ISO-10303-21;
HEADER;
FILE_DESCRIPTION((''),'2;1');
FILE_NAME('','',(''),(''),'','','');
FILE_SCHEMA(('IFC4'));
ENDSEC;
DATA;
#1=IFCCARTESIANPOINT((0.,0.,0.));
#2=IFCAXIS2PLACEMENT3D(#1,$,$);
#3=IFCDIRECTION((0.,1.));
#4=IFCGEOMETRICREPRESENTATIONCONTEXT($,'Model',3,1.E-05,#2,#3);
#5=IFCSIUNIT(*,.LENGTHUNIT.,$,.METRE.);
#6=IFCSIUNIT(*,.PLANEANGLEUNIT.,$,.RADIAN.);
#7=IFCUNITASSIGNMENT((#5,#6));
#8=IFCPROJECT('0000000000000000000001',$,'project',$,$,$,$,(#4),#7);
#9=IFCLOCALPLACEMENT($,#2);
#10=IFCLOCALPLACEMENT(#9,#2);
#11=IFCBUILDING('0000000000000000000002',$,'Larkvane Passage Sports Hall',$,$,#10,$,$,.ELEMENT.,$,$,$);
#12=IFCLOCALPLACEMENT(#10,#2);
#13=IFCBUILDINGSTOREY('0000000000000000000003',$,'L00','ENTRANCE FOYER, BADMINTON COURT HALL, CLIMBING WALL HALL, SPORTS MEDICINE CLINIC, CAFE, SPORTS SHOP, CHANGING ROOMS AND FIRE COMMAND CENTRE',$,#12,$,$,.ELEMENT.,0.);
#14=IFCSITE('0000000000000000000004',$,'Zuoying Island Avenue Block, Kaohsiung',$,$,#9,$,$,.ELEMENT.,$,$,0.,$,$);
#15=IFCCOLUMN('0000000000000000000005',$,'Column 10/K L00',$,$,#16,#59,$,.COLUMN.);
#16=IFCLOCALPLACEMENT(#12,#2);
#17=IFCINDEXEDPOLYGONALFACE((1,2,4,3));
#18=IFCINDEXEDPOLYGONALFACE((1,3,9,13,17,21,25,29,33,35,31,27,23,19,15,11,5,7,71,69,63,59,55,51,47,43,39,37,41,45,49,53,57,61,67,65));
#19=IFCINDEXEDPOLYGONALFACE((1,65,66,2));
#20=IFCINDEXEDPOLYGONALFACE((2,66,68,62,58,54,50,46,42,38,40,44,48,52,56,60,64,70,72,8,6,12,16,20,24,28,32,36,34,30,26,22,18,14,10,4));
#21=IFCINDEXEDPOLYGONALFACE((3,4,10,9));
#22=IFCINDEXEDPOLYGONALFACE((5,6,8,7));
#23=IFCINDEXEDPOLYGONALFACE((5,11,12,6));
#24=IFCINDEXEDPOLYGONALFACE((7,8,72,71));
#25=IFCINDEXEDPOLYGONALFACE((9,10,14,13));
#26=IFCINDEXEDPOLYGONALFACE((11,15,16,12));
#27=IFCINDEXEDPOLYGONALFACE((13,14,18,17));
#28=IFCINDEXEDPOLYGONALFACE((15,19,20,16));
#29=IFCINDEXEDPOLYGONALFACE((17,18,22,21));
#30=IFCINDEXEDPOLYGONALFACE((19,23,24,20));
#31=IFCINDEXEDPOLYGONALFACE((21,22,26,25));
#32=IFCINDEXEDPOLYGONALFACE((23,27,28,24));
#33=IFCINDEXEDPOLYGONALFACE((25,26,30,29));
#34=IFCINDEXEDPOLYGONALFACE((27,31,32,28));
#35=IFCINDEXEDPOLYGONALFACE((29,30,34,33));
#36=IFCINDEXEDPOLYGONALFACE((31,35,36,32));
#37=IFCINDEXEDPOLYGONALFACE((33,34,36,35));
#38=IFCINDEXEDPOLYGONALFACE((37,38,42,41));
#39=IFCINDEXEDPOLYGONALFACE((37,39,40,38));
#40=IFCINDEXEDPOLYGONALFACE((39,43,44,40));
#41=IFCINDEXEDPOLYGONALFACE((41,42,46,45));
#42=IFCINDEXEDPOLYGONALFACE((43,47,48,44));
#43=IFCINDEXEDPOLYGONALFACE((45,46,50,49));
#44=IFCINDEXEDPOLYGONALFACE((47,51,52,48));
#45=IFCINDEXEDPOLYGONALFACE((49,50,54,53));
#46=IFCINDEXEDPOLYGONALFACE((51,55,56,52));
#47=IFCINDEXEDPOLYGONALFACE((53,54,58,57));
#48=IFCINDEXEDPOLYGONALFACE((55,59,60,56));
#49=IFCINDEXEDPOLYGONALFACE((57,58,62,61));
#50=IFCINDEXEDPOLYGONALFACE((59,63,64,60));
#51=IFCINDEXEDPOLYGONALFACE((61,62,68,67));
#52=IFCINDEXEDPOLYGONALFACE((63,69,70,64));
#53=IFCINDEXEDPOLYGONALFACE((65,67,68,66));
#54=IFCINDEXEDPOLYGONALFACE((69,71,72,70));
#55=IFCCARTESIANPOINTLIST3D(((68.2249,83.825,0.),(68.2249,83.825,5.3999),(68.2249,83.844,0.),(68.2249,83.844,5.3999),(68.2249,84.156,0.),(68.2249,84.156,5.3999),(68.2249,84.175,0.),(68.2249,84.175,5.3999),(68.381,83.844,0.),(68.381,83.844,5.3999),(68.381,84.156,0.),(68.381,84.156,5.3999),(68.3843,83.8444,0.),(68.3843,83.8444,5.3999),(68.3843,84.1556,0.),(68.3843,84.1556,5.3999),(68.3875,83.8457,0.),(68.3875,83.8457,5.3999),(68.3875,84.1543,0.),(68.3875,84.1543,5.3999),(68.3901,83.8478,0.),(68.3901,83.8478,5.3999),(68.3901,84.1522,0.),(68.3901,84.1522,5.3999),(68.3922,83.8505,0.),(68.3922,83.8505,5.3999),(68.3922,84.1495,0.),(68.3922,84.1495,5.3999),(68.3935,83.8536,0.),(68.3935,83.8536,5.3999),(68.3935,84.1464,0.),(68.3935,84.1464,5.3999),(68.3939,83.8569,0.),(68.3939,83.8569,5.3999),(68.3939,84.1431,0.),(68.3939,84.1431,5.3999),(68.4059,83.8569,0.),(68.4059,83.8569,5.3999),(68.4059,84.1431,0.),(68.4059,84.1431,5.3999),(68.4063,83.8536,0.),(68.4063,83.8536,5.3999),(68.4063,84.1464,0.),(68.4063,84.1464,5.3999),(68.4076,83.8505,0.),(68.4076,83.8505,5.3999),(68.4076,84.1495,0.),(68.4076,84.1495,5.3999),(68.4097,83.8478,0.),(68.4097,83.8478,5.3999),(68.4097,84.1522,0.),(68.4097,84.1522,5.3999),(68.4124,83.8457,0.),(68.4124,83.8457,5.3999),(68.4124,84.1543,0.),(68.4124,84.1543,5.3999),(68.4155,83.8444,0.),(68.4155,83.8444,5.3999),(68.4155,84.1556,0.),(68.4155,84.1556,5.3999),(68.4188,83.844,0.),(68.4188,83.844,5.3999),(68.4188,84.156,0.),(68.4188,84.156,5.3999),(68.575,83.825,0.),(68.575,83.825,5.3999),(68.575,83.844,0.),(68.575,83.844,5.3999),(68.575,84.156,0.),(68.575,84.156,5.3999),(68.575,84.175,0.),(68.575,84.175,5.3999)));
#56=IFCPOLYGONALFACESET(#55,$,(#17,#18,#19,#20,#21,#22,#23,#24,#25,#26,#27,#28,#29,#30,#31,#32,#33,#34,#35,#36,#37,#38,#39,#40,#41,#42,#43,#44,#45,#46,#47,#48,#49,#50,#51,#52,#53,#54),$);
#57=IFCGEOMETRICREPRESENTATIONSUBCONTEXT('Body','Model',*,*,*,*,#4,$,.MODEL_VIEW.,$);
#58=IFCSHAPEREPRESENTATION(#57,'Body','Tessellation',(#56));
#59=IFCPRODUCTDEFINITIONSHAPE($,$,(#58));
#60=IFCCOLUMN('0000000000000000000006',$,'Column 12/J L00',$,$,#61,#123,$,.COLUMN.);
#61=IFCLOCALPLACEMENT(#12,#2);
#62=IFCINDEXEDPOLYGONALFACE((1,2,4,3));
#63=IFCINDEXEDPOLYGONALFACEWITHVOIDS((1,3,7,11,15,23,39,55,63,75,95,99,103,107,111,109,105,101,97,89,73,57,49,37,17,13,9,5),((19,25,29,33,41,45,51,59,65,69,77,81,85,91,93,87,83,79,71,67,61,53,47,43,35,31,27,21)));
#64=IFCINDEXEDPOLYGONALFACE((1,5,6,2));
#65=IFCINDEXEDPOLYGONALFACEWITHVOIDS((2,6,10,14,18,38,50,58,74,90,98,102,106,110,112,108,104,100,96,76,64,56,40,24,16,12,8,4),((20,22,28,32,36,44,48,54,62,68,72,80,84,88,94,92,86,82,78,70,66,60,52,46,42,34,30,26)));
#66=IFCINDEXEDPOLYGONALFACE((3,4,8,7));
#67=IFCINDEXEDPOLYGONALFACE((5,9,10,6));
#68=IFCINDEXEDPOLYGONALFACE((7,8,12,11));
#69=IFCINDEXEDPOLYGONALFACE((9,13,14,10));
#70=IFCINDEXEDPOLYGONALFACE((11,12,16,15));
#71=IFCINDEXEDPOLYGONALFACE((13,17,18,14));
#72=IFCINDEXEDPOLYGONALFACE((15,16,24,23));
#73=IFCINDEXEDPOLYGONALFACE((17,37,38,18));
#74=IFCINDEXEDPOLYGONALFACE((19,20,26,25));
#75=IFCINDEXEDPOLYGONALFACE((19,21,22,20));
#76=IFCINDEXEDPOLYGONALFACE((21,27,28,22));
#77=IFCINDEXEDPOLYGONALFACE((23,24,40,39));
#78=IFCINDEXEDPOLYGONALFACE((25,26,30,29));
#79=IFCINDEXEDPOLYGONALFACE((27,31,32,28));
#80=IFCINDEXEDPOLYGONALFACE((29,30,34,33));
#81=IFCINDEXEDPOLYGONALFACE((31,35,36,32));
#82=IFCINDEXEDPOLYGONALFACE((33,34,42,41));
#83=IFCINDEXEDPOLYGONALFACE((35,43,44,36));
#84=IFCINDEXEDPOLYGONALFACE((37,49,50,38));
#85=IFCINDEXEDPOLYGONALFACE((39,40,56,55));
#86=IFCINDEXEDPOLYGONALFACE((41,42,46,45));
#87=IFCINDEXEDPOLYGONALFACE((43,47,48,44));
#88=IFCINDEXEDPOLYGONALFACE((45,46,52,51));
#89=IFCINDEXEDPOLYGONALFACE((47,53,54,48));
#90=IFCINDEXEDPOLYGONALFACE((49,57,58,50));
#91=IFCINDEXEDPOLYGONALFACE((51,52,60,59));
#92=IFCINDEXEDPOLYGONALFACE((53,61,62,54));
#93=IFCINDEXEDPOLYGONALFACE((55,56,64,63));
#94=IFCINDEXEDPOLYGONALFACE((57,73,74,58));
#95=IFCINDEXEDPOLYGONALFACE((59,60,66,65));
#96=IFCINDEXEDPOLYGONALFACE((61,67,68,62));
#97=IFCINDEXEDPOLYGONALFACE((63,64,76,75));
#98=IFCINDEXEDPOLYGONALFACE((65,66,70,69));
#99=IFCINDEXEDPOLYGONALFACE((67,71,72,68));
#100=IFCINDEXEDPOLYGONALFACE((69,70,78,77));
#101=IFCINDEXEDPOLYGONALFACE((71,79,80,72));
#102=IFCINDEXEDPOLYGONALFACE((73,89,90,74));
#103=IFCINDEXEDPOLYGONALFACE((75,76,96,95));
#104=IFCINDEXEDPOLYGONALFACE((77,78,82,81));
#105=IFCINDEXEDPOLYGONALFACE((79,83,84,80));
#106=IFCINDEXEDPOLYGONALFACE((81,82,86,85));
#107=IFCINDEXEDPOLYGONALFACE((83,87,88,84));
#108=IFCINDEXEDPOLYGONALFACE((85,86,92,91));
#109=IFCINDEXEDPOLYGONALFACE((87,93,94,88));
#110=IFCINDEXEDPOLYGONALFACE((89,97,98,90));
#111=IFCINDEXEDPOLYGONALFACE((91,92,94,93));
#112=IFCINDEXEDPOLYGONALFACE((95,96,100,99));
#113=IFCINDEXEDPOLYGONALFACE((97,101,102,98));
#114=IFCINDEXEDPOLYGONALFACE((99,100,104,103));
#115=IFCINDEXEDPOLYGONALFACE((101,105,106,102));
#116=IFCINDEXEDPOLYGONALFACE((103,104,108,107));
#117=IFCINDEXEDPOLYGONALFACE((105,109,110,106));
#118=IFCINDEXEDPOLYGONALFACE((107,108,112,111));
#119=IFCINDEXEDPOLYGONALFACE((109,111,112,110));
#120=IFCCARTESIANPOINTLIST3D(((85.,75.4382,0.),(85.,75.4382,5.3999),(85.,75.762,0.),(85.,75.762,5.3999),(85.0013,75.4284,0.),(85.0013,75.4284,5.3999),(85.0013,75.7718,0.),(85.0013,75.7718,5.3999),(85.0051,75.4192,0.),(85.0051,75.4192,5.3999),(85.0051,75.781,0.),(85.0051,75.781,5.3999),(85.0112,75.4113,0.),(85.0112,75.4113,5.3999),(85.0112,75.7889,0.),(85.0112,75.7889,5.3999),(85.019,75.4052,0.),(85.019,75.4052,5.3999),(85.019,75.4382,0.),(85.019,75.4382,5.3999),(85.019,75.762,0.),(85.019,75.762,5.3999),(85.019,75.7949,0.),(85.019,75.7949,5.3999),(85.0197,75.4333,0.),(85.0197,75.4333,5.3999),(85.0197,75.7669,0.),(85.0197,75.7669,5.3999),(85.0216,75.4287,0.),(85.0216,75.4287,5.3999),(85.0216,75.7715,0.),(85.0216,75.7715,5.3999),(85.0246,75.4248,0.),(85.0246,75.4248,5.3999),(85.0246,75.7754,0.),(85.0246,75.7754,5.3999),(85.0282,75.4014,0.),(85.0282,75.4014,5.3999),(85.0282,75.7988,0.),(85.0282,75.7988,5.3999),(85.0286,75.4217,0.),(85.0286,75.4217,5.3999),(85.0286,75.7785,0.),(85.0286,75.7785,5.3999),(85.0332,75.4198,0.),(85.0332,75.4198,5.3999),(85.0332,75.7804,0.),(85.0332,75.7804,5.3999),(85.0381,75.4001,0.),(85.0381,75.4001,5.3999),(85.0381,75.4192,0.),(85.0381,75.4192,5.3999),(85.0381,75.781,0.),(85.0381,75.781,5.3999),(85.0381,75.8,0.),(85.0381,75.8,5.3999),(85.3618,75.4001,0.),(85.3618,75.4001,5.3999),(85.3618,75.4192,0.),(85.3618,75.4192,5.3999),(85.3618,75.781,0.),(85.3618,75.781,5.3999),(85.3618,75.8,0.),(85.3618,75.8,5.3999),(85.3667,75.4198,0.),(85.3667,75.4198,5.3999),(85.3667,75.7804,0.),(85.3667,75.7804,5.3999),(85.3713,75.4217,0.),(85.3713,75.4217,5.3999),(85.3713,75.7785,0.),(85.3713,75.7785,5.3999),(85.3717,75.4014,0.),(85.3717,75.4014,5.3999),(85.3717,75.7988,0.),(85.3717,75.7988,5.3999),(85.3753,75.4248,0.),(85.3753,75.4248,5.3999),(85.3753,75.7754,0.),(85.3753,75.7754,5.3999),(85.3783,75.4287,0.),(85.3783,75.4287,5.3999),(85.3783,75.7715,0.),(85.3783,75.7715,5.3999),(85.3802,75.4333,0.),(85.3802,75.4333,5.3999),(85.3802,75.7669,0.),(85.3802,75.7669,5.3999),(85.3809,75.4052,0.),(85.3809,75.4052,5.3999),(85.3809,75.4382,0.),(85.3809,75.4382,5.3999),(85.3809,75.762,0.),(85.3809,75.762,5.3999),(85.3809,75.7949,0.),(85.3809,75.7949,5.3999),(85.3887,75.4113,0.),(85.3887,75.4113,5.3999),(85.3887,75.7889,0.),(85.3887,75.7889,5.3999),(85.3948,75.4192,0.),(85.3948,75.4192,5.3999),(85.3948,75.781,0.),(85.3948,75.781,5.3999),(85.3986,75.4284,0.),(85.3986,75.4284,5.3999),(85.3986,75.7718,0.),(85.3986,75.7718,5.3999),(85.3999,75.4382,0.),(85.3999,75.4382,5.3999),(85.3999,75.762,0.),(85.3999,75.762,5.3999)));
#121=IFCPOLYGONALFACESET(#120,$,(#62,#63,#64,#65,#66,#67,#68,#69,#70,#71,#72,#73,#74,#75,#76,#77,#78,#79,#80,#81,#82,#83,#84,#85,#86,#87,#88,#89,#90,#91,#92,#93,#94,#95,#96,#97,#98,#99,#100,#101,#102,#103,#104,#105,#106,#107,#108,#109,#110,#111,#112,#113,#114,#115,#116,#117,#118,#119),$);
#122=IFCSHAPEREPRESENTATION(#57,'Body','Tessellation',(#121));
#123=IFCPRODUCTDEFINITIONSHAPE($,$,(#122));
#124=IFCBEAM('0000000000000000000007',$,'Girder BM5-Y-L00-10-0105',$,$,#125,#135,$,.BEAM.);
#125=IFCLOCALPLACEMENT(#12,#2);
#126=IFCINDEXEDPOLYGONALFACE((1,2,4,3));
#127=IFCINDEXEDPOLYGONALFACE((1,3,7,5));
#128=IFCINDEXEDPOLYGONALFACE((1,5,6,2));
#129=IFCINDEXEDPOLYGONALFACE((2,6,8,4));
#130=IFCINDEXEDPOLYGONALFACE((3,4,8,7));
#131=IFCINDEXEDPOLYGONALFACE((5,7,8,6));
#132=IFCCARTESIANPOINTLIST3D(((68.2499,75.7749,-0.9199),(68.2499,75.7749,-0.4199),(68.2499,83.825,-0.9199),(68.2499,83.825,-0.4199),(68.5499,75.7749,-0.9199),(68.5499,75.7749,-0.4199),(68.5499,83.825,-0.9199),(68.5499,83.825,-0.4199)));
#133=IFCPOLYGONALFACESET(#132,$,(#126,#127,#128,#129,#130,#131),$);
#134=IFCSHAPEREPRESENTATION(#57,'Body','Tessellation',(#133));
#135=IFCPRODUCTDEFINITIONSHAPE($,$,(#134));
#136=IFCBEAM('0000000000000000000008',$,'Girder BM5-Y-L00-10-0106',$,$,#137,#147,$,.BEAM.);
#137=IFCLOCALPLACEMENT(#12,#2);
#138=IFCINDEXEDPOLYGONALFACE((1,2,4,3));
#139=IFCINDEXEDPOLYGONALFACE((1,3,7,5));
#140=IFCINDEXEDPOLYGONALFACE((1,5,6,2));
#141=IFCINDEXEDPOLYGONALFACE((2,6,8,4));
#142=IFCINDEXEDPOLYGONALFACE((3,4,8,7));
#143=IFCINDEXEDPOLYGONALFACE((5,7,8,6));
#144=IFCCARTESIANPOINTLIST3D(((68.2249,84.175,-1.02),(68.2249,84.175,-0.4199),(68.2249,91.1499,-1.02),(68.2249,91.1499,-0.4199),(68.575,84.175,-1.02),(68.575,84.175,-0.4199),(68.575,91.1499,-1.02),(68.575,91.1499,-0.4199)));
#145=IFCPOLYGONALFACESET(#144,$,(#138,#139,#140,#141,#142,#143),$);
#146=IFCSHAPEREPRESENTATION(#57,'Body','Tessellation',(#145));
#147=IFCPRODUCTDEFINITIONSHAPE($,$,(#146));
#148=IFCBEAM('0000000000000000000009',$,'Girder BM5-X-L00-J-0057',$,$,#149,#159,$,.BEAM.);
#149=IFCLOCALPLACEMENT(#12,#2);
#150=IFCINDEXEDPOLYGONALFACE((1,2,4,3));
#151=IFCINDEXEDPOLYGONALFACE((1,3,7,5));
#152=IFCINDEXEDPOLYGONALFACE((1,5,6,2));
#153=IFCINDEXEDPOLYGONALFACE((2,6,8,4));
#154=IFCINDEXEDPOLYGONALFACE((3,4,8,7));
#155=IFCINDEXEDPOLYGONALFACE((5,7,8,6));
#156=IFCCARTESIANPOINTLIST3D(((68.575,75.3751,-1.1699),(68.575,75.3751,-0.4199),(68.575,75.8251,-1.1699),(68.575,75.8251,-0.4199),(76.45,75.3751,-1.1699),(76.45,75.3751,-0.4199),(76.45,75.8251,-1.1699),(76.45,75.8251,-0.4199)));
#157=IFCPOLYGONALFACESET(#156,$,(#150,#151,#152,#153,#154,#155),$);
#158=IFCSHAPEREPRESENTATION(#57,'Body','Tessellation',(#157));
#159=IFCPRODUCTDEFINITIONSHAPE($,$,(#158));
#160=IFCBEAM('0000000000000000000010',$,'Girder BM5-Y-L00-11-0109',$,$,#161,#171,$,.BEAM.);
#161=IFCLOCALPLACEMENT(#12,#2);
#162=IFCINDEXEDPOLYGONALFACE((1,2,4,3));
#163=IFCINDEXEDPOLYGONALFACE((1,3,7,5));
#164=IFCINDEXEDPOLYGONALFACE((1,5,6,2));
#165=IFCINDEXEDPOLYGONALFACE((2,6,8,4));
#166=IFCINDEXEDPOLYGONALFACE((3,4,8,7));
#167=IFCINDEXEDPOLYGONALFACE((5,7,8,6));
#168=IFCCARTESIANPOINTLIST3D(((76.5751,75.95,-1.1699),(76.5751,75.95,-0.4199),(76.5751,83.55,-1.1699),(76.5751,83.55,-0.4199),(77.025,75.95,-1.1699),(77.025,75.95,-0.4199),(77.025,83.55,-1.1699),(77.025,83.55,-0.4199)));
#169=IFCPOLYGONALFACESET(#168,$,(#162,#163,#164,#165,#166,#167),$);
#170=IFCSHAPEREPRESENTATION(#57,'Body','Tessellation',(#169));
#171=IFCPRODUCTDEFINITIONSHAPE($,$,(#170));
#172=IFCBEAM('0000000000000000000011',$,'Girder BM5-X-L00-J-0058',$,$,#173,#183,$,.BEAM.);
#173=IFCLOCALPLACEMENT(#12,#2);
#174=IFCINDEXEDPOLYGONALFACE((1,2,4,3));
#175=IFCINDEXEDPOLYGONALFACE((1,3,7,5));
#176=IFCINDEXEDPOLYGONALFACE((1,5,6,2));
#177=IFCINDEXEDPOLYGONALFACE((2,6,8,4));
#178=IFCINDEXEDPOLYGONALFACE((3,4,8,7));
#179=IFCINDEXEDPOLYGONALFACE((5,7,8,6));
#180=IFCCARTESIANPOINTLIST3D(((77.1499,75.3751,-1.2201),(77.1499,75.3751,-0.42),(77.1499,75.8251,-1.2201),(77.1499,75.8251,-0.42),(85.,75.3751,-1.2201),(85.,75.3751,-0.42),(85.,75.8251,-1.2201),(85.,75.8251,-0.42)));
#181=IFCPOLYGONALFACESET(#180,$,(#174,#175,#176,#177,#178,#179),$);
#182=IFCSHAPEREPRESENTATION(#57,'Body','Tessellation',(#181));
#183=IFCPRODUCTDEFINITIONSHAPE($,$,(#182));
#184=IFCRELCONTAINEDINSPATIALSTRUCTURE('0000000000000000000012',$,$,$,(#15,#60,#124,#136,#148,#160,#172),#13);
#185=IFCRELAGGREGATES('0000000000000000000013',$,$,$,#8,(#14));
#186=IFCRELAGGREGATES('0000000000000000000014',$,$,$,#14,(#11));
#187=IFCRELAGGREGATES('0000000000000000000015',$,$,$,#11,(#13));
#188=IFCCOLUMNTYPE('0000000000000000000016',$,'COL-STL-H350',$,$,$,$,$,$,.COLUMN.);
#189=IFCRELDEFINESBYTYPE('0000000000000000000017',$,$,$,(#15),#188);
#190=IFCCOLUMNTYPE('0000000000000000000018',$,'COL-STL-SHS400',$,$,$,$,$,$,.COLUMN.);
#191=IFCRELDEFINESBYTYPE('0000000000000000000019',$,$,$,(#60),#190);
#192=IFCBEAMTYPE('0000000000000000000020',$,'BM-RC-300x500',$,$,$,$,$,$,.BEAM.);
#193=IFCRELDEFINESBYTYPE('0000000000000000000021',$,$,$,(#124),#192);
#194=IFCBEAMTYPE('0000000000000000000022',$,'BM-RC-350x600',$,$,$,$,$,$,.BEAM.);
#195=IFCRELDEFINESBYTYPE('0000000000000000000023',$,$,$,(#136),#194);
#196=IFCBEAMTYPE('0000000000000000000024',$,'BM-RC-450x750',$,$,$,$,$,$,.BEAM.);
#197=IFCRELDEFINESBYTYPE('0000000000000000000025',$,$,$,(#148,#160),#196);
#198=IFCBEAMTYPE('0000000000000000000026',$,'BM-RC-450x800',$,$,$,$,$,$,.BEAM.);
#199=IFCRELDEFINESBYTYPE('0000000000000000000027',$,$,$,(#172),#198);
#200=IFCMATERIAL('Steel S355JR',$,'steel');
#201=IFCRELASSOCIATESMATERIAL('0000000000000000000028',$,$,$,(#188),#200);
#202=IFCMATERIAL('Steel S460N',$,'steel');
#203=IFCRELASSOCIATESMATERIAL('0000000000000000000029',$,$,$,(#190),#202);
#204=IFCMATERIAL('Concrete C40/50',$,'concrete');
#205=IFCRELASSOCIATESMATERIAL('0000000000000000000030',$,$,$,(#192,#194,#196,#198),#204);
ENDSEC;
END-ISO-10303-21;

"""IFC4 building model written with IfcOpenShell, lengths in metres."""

from ifc_helpers import new_model, si_unit, direction, frame, origin, origin_2d, place, context, subcontext, project, spatial, rectangle, hollow_rectangle, i_section, extrude, material, material_profile, profile_set, type_object, element, save


model = new_model("IFC4")

# Units and contexts
model_context = context("Model", 3, precision=1e-05, world=origin(), true_north=direction((0.0, 1.0)))
body_context = subcontext(model_context, "Body", "Model", "MODEL_VIEW")
ifc_project = project(units=[si_unit("LENGTHUNIT", "METRE"), si_unit("PLANEANGLEUNIT", "RADIAN")], contexts=[model_context])

# Site, building, storey
site_placement = place(None, origin())
site = spatial("IfcSite", under=ifc_project, at=site_placement, Name="Zuoying Island Avenue Block, Kaohsiung", CompositionType="ELEMENT", RefElevation=0.0)
building_placement = place(site_placement, origin())
building = spatial("IfcBuilding", under=site, at=building_placement, Name="Larkvane Passage Sports Hall", CompositionType="ELEMENT")
storey_placement = place(building_placement, origin())
storey = spatial("IfcBuildingStorey", under=building, at=storey_placement, Name="L00", Description="ENTRANCE FOYER, BADMINTON COURT HALL, CLIMBING WALL HALL, SPORTS MEDICINE CLINIC, CAFE, SPORTS SHOP, CHANGING ROOMS AND FIRE COMMAND CENTRE", CompositionType="ELEMENT", Elevation=0.0)

# Columns
ifc_material_1 = material(Name="Steel S460N", Category="steel")
ifc_material_2 = material(Name="Steel S355JR", Category="steel")
ifc_material_profile_1 = material_profile(ifc_material_2, i_section(OverallWidth=0.3501, OverallDepth=0.3501, WebThickness=0.012, FlangeThickness=0.019, FilletRadius=0.0129, at=origin_2d()), Name="H-350x350x12x19")
ifc_profile_set_1 = profile_set([ifc_material_profile_1], Name="Steel S355JR")
column_type_1 = type_object("IfcColumnType", Name="COL-STL-H350", PredefinedType="COLUMN", material=ifc_profile_set_1)
for number, where, z_axis, x_axis, name in (
    (1, (68.3999, 84.0, 0.0), (0.0, 0.0, 1.0), (1.0, 0.0, 0.0), "Column 10/K L00"),
):
    element("IfcColumn", number, at=place(storey_placement, frame(where, z_axis=z_axis, x_axis=x_axis)), inside=storey, type_object=column_type_1, Name=name, PredefinedType="COLUMN", context=body_context, shape_type="SweptSolid", body=[
        extrude(i_section(OverallWidth=0.3501, OverallDepth=0.3501, WebThickness=0.012, FlangeThickness=0.019, FilletRadius=0.0129, at=origin_2d()), origin(), (0.0, 0.0, 1.0), 5.3999),
    ])
ifc_material_profile_2 = material_profile(ifc_material_1, hollow_rectangle(XDim=0.3999, YDim=0.3999, WallThickness=0.019, InnerFilletRadius=0.019, OuterFilletRadius=0.0381, at=origin_2d()), Name="SHS-400x400x19")
ifc_profile_set_2 = profile_set([ifc_material_profile_2], Name="Steel S460N")
column_type_2 = type_object("IfcColumnType", Name="COL-STL-SHS400", PredefinedType="COLUMN", material=ifc_profile_set_2)
column_1_placement = place(storey_placement, frame((85.2, 75.6001, 0.0), z_axis=(0.0, 0.0, 1.0), x_axis=(1.0, 0.0, 0.0)))
element("IfcColumn", 2, at=column_1_placement, inside=storey, type_object=column_type_2, Name="Column 12/J L00", PredefinedType="COLUMN", context=body_context, shape_type="SweptSolid", body=[
    extrude(hollow_rectangle(XDim=0.3999, YDim=0.3999, WallThickness=0.019, InnerFilletRadius=0.019, OuterFilletRadius=0.0381, at=origin_2d()), origin(), (0.0, 0.0, 1.0), 5.3999),
])

# Beams
ifc_material_3 = material(Name="Concrete C40/50", Category="concrete")
ifc_material_profile_3 = material_profile(ifc_material_3, rectangle(XDim=0.3, YDim=0.5, at=origin_2d()), Name="RC-BM-300x500")
ifc_profile_set_3 = profile_set([ifc_material_profile_3], Name="Concrete C40/50")
beam_type_1 = type_object("IfcBeamType", Name="BM-RC-300x500", PredefinedType="BEAM", material=ifc_profile_set_3)
beam_1_placement = place(storey_placement, frame((68.3999, 75.7749, -0.6699), z_axis=(0.0, 1.0, 0.0), x_axis=(-1.0, 0.0, 0.0)))
element("IfcBeam", 3, at=beam_1_placement, inside=storey, type_object=beam_type_1, Name="Girder BM5-Y-L00-10-0105", PredefinedType="BEAM", context=body_context, shape_type="SweptSolid", body=[
    extrude(rectangle(XDim=0.3, YDim=0.5, at=origin_2d()), origin(), (0.0, 0.0, 1.0), 8.05),
])
ifc_material_profile_4 = material_profile(ifc_material_3, rectangle(XDim=0.3501, YDim=0.6001, at=origin_2d()), Name="RC-BM-350x600")
ifc_profile_set_4 = profile_set([ifc_material_profile_4], Name="Concrete C40/50")
beam_type_2 = type_object("IfcBeamType", Name="BM-RC-350x600", PredefinedType="BEAM", material=ifc_profile_set_4)
beam_2_placement = place(storey_placement, frame((68.3999, 84.175, -0.72), z_axis=(0.0, 1.0, 0.0), x_axis=(-1.0, 0.0, 0.0)))
element("IfcBeam", 4, at=beam_2_placement, inside=storey, type_object=beam_type_2, Name="Girder BM5-Y-L00-10-0106", PredefinedType="BEAM", context=body_context, shape_type="SweptSolid", body=[
    extrude(rectangle(XDim=0.3501, YDim=0.6001, at=origin_2d()), origin(), (0.0, 0.0, 1.0), 6.9749),
])
ifc_material_profile_5 = material_profile(ifc_material_3, rectangle(XDim=0.45, YDim=0.75, at=origin_2d()), Name="RC-BM-450x750")
ifc_profile_set_5 = profile_set([ifc_material_profile_5], Name="Concrete C40/50")
beam_type_3 = type_object("IfcBeamType", Name="BM-RC-450x750", PredefinedType="BEAM", material=ifc_profile_set_5)
beam_3_placement = place(storey_placement, frame((68.575, 75.6001, -0.7949), z_axis=(1.0, 0.0, 0.0), x_axis=(0.0, 1.0, 0.0)))
element("IfcBeam", 5, at=beam_3_placement, inside=storey, type_object=beam_type_3, Name="Girder BM5-X-L00-J-0057", PredefinedType="BEAM", context=body_context, shape_type="SweptSolid", body=[
    extrude(rectangle(XDim=0.45, YDim=0.75, at=origin_2d()), origin(), (0.0, 0.0, 1.0), 7.875),
])
beam_4_placement = place(storey_placement, frame((76.8, 75.95, -0.7949), z_axis=(0.0, 1.0, 0.0), x_axis=(-1.0, 0.0, 0.0)))
element("IfcBeam", 6, at=beam_4_placement, inside=storey, type_object=beam_type_3, Name="Girder BM5-Y-L00-11-0109", PredefinedType="BEAM", context=body_context, shape_type="SweptSolid", body=[
    extrude(rectangle(XDim=0.45, YDim=0.75, at=origin_2d()), origin(), (0.0, 0.0, 1.0), 7.6001),
])
ifc_material_profile_6 = material_profile(ifc_material_3, rectangle(XDim=0.45, YDim=0.8, at=origin_2d()), Name="RC-BM-450x800")
ifc_profile_set_6 = profile_set([ifc_material_profile_6], Name="Concrete C40/50")
beam_type_4 = type_object("IfcBeamType", Name="BM-RC-450x800", PredefinedType="BEAM", material=ifc_profile_set_6)
beam_5_placement = place(storey_placement, frame((77.1499, 75.6001, -0.8201), z_axis=(1.0, 0.0, 0.0), x_axis=(0.0, 1.0, 0.0)))
element("IfcBeam", 7, at=beam_5_placement, inside=storey, type_object=beam_type_4, Name="Girder BM5-X-L00-J-0058", PredefinedType="BEAM", context=body_context, shape_type="SweptSolid", body=[
    extrude(rectangle(XDim=0.45, YDim=0.8, at=origin_2d()), origin(), (0.0, 0.0, 1.0), 7.8501),
])

save(model, "model.ifc")
